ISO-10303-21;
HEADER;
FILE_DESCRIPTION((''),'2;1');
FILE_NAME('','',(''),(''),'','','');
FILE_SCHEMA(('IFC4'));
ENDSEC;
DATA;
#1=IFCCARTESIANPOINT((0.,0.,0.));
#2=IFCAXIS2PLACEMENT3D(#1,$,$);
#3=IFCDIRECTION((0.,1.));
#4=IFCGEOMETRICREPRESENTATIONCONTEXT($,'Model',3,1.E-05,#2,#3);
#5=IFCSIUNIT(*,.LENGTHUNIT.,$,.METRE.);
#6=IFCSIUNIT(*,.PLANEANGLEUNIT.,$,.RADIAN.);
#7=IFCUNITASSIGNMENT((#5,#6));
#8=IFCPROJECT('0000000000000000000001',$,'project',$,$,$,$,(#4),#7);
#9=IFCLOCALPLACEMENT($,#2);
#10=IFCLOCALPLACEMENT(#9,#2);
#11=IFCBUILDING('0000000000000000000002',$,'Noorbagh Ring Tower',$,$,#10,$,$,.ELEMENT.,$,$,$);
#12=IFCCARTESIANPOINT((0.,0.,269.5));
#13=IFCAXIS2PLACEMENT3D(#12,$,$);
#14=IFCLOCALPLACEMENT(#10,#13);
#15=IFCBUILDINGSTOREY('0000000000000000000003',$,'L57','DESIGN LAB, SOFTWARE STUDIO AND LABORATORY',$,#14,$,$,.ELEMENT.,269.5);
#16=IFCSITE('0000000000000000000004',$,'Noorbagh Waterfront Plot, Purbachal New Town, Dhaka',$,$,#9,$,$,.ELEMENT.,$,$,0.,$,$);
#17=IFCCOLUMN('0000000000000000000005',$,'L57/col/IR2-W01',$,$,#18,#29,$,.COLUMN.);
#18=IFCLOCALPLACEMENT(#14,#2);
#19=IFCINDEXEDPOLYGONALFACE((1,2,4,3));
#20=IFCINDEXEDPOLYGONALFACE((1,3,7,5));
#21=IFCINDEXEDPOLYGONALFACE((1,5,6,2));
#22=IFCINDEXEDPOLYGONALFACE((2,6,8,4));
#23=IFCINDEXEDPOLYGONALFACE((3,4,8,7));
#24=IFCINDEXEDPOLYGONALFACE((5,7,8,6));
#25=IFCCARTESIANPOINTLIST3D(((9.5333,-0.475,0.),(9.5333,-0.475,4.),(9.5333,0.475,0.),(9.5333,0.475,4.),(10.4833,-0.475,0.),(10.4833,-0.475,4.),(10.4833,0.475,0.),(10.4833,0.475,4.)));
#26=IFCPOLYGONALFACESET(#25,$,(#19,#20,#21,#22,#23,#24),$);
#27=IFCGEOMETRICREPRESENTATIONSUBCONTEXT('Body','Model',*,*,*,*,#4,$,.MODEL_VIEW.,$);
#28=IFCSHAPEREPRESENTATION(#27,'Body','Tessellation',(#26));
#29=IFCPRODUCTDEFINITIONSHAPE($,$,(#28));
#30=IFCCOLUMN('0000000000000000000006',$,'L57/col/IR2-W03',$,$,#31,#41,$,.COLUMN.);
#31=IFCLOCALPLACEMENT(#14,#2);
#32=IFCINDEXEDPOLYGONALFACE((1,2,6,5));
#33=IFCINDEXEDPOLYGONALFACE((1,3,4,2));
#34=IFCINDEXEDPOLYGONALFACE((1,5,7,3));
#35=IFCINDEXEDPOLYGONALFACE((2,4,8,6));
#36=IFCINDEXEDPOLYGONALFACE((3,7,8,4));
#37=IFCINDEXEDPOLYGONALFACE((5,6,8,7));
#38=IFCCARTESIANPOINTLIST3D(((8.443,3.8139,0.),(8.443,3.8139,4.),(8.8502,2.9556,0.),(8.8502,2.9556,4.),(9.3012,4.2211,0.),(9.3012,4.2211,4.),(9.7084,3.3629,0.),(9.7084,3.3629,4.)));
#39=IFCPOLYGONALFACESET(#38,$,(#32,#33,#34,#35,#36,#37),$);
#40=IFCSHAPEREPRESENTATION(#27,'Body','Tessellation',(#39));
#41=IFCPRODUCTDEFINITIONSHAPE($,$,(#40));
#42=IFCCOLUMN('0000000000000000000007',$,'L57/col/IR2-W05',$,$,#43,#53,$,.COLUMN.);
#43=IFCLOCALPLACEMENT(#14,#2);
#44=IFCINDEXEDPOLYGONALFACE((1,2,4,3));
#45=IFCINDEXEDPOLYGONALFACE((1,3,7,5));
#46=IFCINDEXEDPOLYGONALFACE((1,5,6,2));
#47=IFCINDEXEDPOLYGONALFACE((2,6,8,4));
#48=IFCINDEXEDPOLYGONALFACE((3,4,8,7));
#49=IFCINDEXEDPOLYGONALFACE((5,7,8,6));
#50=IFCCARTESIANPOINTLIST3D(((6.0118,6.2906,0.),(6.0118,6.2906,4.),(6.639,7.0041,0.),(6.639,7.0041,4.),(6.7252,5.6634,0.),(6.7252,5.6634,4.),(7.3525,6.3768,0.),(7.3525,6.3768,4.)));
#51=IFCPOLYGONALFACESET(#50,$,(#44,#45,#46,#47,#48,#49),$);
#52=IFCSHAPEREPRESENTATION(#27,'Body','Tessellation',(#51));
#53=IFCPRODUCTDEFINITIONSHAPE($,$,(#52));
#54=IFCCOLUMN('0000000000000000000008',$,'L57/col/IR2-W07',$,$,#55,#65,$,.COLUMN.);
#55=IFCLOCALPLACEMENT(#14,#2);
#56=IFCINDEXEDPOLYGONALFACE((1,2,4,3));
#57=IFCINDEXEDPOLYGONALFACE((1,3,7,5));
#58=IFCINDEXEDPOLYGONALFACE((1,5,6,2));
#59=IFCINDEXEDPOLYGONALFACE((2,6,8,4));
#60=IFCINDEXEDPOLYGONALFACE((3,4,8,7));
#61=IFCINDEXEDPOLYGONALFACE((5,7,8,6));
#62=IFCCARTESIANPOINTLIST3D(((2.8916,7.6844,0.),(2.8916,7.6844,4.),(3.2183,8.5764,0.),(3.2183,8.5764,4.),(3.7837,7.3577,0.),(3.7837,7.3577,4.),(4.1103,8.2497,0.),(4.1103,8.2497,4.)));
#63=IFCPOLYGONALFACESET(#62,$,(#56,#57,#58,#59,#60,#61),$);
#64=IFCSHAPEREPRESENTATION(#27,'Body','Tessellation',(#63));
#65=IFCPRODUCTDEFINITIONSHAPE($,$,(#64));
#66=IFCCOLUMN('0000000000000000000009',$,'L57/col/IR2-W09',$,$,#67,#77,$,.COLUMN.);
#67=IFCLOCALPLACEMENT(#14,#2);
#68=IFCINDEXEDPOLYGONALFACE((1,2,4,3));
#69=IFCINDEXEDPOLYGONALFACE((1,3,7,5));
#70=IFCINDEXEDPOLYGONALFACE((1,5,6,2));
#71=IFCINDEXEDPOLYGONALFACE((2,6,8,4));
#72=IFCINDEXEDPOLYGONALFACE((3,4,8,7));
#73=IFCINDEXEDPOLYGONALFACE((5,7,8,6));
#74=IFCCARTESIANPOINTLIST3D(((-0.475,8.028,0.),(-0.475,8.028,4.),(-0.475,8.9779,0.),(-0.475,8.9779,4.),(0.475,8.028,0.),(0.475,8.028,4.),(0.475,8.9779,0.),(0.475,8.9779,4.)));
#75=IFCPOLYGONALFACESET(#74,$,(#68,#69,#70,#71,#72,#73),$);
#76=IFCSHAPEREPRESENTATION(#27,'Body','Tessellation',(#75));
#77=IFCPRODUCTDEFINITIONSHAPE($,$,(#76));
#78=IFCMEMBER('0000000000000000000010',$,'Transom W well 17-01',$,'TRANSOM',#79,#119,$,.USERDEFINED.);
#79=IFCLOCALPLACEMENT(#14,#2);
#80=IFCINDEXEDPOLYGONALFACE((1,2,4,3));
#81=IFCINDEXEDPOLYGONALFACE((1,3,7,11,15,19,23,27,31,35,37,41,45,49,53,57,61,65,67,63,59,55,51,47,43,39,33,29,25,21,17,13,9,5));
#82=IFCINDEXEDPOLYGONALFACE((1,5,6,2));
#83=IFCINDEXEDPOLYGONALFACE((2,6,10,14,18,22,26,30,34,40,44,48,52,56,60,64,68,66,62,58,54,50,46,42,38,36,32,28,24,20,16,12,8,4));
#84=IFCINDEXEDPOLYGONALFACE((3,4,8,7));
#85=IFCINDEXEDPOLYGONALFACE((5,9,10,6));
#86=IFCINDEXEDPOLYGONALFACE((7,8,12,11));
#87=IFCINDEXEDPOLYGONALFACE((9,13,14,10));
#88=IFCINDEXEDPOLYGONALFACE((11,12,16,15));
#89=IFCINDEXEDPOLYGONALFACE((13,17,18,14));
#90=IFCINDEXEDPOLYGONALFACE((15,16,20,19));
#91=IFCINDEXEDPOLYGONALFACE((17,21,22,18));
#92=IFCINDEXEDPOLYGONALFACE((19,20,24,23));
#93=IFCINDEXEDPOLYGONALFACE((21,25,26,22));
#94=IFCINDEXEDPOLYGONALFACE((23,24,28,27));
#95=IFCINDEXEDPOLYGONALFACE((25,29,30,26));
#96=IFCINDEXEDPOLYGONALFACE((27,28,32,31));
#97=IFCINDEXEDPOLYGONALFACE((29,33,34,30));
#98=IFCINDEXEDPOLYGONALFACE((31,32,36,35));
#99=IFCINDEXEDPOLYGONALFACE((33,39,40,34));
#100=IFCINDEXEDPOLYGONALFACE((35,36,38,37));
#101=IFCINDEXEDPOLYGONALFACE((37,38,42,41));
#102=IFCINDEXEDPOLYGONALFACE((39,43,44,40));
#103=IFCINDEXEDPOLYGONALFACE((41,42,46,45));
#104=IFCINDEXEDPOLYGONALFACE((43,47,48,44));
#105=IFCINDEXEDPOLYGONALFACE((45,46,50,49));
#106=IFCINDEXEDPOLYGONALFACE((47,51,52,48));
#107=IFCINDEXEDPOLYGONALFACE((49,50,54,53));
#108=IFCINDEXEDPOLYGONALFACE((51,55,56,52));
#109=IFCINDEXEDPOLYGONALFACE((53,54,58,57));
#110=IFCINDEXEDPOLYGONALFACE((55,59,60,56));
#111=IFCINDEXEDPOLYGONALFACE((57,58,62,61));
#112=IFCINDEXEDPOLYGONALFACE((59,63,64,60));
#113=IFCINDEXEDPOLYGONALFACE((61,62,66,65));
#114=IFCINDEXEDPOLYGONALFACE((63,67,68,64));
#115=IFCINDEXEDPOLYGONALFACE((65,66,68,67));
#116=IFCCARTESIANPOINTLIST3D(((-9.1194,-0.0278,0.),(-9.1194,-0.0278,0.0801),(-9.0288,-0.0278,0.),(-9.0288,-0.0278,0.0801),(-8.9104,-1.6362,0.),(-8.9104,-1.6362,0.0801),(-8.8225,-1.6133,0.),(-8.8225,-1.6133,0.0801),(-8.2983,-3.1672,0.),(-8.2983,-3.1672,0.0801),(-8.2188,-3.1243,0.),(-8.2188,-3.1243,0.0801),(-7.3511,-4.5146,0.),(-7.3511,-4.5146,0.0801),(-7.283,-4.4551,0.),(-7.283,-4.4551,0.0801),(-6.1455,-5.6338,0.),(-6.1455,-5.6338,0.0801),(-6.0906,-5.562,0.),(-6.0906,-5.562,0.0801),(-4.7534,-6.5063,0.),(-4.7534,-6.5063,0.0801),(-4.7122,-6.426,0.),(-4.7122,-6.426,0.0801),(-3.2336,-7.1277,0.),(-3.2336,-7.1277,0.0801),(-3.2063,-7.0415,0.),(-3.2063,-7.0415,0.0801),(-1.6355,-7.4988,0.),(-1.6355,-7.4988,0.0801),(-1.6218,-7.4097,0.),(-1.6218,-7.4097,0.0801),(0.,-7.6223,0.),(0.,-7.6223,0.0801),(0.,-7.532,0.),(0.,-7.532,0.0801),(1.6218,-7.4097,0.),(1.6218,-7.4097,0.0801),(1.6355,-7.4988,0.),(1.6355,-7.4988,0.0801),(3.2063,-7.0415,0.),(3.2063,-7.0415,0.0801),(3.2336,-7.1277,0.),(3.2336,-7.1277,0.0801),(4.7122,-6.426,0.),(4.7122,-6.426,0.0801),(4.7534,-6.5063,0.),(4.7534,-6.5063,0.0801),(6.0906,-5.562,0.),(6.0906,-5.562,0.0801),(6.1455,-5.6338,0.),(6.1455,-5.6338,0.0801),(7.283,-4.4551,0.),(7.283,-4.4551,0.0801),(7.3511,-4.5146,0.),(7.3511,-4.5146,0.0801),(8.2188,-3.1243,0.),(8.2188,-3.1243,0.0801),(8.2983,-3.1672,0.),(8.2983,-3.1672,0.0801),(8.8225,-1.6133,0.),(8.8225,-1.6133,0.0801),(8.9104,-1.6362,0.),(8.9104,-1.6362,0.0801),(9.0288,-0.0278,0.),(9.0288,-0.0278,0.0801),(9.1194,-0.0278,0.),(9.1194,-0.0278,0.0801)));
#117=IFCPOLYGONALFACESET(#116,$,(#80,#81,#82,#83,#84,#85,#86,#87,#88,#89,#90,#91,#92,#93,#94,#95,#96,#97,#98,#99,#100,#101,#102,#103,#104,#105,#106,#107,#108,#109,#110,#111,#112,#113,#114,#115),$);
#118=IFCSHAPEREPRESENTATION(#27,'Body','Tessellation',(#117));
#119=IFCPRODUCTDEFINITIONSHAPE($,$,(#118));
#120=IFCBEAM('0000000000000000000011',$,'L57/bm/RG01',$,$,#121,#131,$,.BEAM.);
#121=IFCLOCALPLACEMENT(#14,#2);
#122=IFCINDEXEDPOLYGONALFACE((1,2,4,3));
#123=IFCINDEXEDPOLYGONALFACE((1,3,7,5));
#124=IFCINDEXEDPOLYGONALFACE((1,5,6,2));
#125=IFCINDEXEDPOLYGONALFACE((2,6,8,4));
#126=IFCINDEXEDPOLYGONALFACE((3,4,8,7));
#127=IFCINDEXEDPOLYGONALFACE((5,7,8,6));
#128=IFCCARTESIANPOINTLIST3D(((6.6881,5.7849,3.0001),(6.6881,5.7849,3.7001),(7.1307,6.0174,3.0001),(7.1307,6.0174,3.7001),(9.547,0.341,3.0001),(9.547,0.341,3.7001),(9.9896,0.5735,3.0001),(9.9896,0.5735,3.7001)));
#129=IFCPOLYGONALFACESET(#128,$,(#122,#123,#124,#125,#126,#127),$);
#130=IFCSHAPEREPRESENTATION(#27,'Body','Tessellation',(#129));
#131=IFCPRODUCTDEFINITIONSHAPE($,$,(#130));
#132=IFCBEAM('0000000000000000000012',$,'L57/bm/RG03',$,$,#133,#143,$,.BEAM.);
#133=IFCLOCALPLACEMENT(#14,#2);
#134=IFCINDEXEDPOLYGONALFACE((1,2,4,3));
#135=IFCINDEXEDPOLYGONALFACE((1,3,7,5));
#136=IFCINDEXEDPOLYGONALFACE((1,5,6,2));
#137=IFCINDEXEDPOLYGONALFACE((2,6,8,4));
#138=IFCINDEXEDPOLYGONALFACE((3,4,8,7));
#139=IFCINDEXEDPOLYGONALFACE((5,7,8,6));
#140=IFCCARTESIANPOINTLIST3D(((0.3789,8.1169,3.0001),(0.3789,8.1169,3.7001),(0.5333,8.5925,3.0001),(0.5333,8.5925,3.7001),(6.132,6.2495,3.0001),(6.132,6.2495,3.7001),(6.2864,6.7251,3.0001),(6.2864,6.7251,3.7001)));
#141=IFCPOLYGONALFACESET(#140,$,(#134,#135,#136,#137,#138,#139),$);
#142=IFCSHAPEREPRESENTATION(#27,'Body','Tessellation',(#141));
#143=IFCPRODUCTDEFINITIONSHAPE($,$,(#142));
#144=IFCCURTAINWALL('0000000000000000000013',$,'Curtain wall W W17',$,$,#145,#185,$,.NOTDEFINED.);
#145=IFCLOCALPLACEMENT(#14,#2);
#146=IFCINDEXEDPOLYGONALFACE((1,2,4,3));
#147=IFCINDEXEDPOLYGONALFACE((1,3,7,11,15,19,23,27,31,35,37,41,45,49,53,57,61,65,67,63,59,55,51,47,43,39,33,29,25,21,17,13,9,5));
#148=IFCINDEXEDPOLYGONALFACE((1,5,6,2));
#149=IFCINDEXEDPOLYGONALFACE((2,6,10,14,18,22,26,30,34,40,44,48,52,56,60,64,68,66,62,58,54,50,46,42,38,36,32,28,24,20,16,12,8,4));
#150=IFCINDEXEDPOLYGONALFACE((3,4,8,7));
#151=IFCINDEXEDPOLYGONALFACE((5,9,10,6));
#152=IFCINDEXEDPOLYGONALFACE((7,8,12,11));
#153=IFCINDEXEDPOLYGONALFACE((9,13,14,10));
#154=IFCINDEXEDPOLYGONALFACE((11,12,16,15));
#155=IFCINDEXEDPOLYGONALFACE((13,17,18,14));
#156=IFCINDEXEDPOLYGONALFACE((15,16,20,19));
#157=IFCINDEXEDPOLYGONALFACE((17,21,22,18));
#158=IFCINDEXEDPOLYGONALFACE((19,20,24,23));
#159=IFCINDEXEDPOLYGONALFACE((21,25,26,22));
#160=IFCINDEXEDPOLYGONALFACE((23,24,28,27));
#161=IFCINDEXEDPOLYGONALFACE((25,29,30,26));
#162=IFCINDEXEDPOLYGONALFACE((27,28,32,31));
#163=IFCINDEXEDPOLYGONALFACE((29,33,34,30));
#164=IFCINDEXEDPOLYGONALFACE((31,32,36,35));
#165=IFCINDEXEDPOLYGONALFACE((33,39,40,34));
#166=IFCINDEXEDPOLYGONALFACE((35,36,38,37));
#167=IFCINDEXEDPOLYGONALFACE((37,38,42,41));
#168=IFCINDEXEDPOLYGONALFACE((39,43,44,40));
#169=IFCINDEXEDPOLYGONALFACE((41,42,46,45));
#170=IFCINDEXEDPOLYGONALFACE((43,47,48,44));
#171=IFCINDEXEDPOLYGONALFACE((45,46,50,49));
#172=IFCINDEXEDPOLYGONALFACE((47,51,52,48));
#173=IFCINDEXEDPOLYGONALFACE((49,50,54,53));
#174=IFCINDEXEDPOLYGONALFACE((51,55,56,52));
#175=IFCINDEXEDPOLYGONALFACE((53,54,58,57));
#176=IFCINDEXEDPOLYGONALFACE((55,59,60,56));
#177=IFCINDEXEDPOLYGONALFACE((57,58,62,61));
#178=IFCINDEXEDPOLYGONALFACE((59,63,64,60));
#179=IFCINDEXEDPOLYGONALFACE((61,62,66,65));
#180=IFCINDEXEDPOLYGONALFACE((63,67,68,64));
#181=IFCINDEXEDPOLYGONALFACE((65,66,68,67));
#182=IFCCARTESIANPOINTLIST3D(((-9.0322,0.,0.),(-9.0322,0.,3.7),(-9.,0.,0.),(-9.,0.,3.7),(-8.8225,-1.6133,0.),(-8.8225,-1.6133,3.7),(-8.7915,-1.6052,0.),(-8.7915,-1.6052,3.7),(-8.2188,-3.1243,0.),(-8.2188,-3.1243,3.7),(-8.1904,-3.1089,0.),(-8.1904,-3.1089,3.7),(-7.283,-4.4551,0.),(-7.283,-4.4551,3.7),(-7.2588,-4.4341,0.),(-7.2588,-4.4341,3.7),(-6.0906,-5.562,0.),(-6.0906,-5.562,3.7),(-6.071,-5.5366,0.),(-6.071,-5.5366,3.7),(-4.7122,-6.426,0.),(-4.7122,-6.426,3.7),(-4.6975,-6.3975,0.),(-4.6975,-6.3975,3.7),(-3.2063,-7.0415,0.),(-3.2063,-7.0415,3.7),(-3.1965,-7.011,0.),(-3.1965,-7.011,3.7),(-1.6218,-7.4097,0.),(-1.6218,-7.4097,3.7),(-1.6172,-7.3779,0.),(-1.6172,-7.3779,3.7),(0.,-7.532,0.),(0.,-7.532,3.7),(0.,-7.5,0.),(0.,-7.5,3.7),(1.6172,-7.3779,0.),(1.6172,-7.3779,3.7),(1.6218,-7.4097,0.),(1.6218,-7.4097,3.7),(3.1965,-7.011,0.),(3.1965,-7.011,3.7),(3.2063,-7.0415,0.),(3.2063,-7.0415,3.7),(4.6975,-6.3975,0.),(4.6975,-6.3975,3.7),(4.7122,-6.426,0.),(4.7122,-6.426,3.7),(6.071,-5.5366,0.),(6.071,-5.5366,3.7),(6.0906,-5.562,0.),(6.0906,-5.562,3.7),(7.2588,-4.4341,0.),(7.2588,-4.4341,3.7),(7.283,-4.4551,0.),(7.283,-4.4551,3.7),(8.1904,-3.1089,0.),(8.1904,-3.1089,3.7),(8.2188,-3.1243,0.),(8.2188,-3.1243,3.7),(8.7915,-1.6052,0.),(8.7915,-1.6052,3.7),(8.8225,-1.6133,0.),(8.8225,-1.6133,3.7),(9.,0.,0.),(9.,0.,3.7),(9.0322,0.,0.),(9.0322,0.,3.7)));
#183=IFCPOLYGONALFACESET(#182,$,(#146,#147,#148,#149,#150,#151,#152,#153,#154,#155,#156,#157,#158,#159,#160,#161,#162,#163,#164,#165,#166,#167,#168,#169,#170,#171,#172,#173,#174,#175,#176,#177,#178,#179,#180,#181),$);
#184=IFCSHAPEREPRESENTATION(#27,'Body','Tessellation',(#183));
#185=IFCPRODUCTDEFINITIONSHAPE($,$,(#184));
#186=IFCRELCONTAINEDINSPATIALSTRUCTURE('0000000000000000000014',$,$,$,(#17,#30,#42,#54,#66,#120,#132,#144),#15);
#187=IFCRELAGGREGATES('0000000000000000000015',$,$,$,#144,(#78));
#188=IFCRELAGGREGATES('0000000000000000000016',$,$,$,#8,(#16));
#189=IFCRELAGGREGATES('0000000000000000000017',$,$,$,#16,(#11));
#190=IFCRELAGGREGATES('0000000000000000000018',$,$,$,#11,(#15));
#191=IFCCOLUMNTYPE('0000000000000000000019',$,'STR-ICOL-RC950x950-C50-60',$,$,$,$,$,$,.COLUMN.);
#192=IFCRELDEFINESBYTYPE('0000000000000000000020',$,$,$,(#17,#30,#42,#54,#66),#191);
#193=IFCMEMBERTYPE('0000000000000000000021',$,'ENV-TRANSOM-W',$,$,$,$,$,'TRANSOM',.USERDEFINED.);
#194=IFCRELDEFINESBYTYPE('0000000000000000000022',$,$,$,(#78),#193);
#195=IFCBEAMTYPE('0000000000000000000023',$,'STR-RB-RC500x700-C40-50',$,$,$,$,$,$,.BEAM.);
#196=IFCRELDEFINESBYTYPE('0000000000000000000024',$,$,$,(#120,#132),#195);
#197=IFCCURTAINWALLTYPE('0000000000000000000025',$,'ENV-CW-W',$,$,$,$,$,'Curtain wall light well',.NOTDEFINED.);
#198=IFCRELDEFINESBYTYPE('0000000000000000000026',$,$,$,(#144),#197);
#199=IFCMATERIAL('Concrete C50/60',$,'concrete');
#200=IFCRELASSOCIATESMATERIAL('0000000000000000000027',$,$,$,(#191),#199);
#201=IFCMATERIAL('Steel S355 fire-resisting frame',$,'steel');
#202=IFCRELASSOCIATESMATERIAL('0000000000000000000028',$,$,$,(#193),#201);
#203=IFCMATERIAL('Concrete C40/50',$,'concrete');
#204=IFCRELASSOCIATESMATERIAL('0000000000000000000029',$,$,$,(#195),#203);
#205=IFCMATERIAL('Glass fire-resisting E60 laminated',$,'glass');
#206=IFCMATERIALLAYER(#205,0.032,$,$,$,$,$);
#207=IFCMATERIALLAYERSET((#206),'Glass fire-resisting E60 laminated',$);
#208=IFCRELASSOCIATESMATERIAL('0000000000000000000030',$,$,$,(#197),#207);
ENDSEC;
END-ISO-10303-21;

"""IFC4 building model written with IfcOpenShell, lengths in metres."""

from ifc_helpers import new_model, si_unit, direction, frame, origin, origin_2d, place, context, subcontext, project, spatial, polyline, rectangle, outline, extrude, material, layer, layer_set, material_profile, profile_set, type_object, element, aggregate, save


model = new_model("IFC4")

# Units and contexts
model_context = context("Model", 3, precision=1e-05, world=origin(), true_north=direction((0.0, 1.0)))
body_context = subcontext(model_context, "Body", "Model", "MODEL_VIEW")
ifc_project = project(units=[si_unit("LENGTHUNIT", "METRE"), si_unit("PLANEANGLEUNIT", "RADIAN")], contexts=[model_context])

# Site, building, storey
site_placement = place(None, origin())
site = spatial("IfcSite", under=ifc_project, at=site_placement, Name="Noorbagh Waterfront Plot, Purbachal New Town, Dhaka", CompositionType="ELEMENT", RefElevation=0.0)
building_placement = place(site_placement, origin())
building = spatial("IfcBuilding", under=site, at=building_placement, Name="Noorbagh Ring Tower", CompositionType="ELEMENT")
storey_placement = place(building_placement, frame((0.0, 0.0, 269.5)))
storey = spatial("IfcBuildingStorey", under=building, at=storey_placement, Name="L57", Description="DESIGN LAB, SOFTWARE STUDIO AND LABORATORY", CompositionType="ELEMENT", Elevation=269.5)

# Columns
ifc_material_1 = material(Name="Concrete C50/60", Category="concrete")
ifc_material_profile_1 = material_profile(ifc_material_1, rectangle(XDim=0.95, YDim=0.95, at=origin_2d()), Name="RC950x950")
ifc_profile_set_1 = profile_set([ifc_material_profile_1], Name="Concrete C50/60")
column_type = type_object("IfcColumnType", Name="STR-ICOL-RC950x950-C50-60", PredefinedType="COLUMN", material=ifc_profile_set_1)
for number, where, z_axis, x_axis, name in (
    (1, (10.0083, 0.0, 0.0), (0.0, 0.0, 1.0), (0.0, 1.0, 0.0), "L57/col/IR2-W01"),
    (2, (9.0757, 3.5884, 0.0), (0.0, 0.0, 1.0), (-0.428667, 0.903463, 0.0), "L57/col/IR2-W03"),
    (3, (6.6821, 6.3337, 0.0), (0.0, 0.0, 1.0), (-0.751022, 0.660277, 0.0), "L57/col/IR2-W05"),
    (4, (3.501, 7.967, 0.0), (0.0, 0.0, 1.0), (-0.93902, 0.343864, 0.0), "L57/col/IR2-W07"),
    (5, (0.0, 8.5029, 0.0), (0.0, 0.0, 1.0), (-1.0, 0.0, 0.0), "L57/col/IR2-W09"),
):
    element("IfcColumn", number, at=place(storey_placement, frame(where, z_axis=z_axis, x_axis=x_axis)), inside=storey, type_object=column_type, Name=name, PredefinedType="COLUMN", context=body_context, shape_type="SweptSolid", body=[
        extrude(rectangle(XDim=0.95, YDim=0.95, at=origin_2d()), origin(), (0.0, 0.0, 1.0), 4.0),
    ])

# Member
ifc_material_2 = material(Name="Steel S355 fire-resisting frame", Category="steel")
member_type = type_object("IfcMemberType", Name="ENV-TRANSOM-W", ElementType="TRANSOM", PredefinedType="USERDEFINED", material=ifc_material_2)
member_placement = place(storey_placement, origin())
member = element("IfcMember", 6, at=member_placement, type_object=member_type, Name="Transom W well 17-01", ObjectType="TRANSOM", PredefinedType="USERDEFINED", context=body_context, shape_type="SweptSolid", body=[
    extrude(outline(polyline([(-9.1194, -0.0278), (-8.9104, -1.6362), (-8.2983, -3.1672), (-7.3511, -4.5146), (-6.1455, -5.6338), (-4.7534, -6.5063), (-3.2336, -7.1277), (-1.6355, -7.4988), (0.0, -7.6223), (1.6355, -7.4988), (3.2336, -7.1277), (4.7534, -6.5063), (6.1455, -5.6338), (7.3511, -4.5146), (8.2983, -3.1672), (8.9104, -1.6362), (9.1194, -0.0278), (9.0288, -0.0278), (8.8225, -1.6133), (8.2188, -3.1243), (7.283, -4.4551), (6.0906, -5.562), (4.7122, -6.426), (3.2063, -7.0415), (1.6218, -7.4097), (0.0, -7.532), (-1.6218, -7.4097), (-3.2063, -7.0415), (-4.7122, -6.426), (-6.0906, -5.562), (-7.283, -4.4551), (-8.2188, -3.1243), (-8.8225, -1.6133), (-9.0288, -0.0278), (-9.1194, -0.0278)])), origin(), (0.0, 0.0, 1.0), 0.0801),
])

# Beams
ifc_material_3 = material(Name="Concrete C40/50", Category="concrete")
ifc_material_profile_2 = material_profile(ifc_material_3, rectangle(XDim=0.5, YDim=0.7, at=origin_2d()), Name="RC500x700")
ifc_profile_set_2 = profile_set([ifc_material_profile_2], Name="Concrete C40/50")
beam_type = type_object("IfcBeamType", Name="STR-RB-RC500x700-C40-50", PredefinedType="BEAM", material=ifc_profile_set_2)
beam_1_placement = place(storey_placement, frame((9.7683, 0.4573, 3.3501), z_axis=(-0.464944, 0.88534, 0.0), x_axis=(-0.88534, -0.464944, 0.0)))
element("IfcBeam", 7, at=beam_1_placement, inside=storey, type_object=beam_type, Name="L57/bm/RG01", PredefinedType="BEAM", context=body_context, shape_type="SweptSolid", body=[
    extrude(rectangle(XDim=0.5, YDim=0.7, at=origin_2d()), origin(), (0.0, 0.0, 1.0), 6.1489),
])
beam_2_placement = place(storey_placement, frame((6.2092, 6.4873, 3.3501), z_axis=(-0.951148, 0.308735, 0.0), x_axis=(-0.308735, -0.951148, 0.0)))
element("IfcBeam", 8, at=beam_2_placement, inside=storey, type_object=beam_type, Name="L57/bm/RG03", PredefinedType="BEAM", context=body_context, shape_type="SweptSolid", body=[
    extrude(rectangle(XDim=0.5, YDim=0.7, at=origin_2d()), origin(), (0.0, 0.0, 1.0), 6.0486),
])

# Curtain wall
ifc_material_4 = material(Name="Glass fire-resisting E60 laminated", Category="glass")
ifc_layer_1 = layer(ifc_material_4, 0.032)
ifc_layer_set_1 = layer_set([ifc_layer_1], Name="Glass fire-resisting E60 laminated")
curtain_wall_type = type_object("IfcCurtainWallType", Name="ENV-CW-W", ElementType="Curtain wall light well", PredefinedType="NOTDEFINED", material=ifc_layer_set_1)
curtain_wall_placement = place(storey_placement, origin())
curtain_wall = element("IfcCurtainWall", 9, at=curtain_wall_placement, inside=storey, type_object=curtain_wall_type, Name="Curtain wall W W17", PredefinedType="NOTDEFINED", context=body_context, shape_type="SweptSolid", body=[
    extrude(outline(polyline([(-9.0322, 0.0), (-8.8225, -1.6133), (-8.2188, -3.1243), (-7.283, -4.4551), (-6.0906, -5.562), (-4.7122, -6.426), (-3.2063, -7.0415), (-1.6218, -7.4097), (0.0, -7.532), (1.6218, -7.4097), (3.2063, -7.0415), (4.7122, -6.426), (6.0906, -5.562), (7.283, -4.4551), (8.2188, -3.1243), (8.8225, -1.6133), (9.0322, 0.0), (9.0, 0.0), (8.7915, -1.6052), (8.1904, -3.1089), (7.2588, -4.4341), (6.071, -5.5366), (4.6975, -6.3975), (3.1965, -7.011), (1.6172, -7.3779), (0.0, -7.5), (-1.6172, -7.3779), (-3.1965, -7.011), (-4.6975, -6.3975), (-6.071, -5.5366), (-7.2588, -4.4341), (-8.1904, -3.1089), (-8.7915, -1.6052), (-9.0, 0.0), (-9.0322, 0.0)])), origin(), (0.0, 0.0, 1.0), 3.7),
])
aggregate(curtain_wall, [member])

save(model, "model.ifc")
